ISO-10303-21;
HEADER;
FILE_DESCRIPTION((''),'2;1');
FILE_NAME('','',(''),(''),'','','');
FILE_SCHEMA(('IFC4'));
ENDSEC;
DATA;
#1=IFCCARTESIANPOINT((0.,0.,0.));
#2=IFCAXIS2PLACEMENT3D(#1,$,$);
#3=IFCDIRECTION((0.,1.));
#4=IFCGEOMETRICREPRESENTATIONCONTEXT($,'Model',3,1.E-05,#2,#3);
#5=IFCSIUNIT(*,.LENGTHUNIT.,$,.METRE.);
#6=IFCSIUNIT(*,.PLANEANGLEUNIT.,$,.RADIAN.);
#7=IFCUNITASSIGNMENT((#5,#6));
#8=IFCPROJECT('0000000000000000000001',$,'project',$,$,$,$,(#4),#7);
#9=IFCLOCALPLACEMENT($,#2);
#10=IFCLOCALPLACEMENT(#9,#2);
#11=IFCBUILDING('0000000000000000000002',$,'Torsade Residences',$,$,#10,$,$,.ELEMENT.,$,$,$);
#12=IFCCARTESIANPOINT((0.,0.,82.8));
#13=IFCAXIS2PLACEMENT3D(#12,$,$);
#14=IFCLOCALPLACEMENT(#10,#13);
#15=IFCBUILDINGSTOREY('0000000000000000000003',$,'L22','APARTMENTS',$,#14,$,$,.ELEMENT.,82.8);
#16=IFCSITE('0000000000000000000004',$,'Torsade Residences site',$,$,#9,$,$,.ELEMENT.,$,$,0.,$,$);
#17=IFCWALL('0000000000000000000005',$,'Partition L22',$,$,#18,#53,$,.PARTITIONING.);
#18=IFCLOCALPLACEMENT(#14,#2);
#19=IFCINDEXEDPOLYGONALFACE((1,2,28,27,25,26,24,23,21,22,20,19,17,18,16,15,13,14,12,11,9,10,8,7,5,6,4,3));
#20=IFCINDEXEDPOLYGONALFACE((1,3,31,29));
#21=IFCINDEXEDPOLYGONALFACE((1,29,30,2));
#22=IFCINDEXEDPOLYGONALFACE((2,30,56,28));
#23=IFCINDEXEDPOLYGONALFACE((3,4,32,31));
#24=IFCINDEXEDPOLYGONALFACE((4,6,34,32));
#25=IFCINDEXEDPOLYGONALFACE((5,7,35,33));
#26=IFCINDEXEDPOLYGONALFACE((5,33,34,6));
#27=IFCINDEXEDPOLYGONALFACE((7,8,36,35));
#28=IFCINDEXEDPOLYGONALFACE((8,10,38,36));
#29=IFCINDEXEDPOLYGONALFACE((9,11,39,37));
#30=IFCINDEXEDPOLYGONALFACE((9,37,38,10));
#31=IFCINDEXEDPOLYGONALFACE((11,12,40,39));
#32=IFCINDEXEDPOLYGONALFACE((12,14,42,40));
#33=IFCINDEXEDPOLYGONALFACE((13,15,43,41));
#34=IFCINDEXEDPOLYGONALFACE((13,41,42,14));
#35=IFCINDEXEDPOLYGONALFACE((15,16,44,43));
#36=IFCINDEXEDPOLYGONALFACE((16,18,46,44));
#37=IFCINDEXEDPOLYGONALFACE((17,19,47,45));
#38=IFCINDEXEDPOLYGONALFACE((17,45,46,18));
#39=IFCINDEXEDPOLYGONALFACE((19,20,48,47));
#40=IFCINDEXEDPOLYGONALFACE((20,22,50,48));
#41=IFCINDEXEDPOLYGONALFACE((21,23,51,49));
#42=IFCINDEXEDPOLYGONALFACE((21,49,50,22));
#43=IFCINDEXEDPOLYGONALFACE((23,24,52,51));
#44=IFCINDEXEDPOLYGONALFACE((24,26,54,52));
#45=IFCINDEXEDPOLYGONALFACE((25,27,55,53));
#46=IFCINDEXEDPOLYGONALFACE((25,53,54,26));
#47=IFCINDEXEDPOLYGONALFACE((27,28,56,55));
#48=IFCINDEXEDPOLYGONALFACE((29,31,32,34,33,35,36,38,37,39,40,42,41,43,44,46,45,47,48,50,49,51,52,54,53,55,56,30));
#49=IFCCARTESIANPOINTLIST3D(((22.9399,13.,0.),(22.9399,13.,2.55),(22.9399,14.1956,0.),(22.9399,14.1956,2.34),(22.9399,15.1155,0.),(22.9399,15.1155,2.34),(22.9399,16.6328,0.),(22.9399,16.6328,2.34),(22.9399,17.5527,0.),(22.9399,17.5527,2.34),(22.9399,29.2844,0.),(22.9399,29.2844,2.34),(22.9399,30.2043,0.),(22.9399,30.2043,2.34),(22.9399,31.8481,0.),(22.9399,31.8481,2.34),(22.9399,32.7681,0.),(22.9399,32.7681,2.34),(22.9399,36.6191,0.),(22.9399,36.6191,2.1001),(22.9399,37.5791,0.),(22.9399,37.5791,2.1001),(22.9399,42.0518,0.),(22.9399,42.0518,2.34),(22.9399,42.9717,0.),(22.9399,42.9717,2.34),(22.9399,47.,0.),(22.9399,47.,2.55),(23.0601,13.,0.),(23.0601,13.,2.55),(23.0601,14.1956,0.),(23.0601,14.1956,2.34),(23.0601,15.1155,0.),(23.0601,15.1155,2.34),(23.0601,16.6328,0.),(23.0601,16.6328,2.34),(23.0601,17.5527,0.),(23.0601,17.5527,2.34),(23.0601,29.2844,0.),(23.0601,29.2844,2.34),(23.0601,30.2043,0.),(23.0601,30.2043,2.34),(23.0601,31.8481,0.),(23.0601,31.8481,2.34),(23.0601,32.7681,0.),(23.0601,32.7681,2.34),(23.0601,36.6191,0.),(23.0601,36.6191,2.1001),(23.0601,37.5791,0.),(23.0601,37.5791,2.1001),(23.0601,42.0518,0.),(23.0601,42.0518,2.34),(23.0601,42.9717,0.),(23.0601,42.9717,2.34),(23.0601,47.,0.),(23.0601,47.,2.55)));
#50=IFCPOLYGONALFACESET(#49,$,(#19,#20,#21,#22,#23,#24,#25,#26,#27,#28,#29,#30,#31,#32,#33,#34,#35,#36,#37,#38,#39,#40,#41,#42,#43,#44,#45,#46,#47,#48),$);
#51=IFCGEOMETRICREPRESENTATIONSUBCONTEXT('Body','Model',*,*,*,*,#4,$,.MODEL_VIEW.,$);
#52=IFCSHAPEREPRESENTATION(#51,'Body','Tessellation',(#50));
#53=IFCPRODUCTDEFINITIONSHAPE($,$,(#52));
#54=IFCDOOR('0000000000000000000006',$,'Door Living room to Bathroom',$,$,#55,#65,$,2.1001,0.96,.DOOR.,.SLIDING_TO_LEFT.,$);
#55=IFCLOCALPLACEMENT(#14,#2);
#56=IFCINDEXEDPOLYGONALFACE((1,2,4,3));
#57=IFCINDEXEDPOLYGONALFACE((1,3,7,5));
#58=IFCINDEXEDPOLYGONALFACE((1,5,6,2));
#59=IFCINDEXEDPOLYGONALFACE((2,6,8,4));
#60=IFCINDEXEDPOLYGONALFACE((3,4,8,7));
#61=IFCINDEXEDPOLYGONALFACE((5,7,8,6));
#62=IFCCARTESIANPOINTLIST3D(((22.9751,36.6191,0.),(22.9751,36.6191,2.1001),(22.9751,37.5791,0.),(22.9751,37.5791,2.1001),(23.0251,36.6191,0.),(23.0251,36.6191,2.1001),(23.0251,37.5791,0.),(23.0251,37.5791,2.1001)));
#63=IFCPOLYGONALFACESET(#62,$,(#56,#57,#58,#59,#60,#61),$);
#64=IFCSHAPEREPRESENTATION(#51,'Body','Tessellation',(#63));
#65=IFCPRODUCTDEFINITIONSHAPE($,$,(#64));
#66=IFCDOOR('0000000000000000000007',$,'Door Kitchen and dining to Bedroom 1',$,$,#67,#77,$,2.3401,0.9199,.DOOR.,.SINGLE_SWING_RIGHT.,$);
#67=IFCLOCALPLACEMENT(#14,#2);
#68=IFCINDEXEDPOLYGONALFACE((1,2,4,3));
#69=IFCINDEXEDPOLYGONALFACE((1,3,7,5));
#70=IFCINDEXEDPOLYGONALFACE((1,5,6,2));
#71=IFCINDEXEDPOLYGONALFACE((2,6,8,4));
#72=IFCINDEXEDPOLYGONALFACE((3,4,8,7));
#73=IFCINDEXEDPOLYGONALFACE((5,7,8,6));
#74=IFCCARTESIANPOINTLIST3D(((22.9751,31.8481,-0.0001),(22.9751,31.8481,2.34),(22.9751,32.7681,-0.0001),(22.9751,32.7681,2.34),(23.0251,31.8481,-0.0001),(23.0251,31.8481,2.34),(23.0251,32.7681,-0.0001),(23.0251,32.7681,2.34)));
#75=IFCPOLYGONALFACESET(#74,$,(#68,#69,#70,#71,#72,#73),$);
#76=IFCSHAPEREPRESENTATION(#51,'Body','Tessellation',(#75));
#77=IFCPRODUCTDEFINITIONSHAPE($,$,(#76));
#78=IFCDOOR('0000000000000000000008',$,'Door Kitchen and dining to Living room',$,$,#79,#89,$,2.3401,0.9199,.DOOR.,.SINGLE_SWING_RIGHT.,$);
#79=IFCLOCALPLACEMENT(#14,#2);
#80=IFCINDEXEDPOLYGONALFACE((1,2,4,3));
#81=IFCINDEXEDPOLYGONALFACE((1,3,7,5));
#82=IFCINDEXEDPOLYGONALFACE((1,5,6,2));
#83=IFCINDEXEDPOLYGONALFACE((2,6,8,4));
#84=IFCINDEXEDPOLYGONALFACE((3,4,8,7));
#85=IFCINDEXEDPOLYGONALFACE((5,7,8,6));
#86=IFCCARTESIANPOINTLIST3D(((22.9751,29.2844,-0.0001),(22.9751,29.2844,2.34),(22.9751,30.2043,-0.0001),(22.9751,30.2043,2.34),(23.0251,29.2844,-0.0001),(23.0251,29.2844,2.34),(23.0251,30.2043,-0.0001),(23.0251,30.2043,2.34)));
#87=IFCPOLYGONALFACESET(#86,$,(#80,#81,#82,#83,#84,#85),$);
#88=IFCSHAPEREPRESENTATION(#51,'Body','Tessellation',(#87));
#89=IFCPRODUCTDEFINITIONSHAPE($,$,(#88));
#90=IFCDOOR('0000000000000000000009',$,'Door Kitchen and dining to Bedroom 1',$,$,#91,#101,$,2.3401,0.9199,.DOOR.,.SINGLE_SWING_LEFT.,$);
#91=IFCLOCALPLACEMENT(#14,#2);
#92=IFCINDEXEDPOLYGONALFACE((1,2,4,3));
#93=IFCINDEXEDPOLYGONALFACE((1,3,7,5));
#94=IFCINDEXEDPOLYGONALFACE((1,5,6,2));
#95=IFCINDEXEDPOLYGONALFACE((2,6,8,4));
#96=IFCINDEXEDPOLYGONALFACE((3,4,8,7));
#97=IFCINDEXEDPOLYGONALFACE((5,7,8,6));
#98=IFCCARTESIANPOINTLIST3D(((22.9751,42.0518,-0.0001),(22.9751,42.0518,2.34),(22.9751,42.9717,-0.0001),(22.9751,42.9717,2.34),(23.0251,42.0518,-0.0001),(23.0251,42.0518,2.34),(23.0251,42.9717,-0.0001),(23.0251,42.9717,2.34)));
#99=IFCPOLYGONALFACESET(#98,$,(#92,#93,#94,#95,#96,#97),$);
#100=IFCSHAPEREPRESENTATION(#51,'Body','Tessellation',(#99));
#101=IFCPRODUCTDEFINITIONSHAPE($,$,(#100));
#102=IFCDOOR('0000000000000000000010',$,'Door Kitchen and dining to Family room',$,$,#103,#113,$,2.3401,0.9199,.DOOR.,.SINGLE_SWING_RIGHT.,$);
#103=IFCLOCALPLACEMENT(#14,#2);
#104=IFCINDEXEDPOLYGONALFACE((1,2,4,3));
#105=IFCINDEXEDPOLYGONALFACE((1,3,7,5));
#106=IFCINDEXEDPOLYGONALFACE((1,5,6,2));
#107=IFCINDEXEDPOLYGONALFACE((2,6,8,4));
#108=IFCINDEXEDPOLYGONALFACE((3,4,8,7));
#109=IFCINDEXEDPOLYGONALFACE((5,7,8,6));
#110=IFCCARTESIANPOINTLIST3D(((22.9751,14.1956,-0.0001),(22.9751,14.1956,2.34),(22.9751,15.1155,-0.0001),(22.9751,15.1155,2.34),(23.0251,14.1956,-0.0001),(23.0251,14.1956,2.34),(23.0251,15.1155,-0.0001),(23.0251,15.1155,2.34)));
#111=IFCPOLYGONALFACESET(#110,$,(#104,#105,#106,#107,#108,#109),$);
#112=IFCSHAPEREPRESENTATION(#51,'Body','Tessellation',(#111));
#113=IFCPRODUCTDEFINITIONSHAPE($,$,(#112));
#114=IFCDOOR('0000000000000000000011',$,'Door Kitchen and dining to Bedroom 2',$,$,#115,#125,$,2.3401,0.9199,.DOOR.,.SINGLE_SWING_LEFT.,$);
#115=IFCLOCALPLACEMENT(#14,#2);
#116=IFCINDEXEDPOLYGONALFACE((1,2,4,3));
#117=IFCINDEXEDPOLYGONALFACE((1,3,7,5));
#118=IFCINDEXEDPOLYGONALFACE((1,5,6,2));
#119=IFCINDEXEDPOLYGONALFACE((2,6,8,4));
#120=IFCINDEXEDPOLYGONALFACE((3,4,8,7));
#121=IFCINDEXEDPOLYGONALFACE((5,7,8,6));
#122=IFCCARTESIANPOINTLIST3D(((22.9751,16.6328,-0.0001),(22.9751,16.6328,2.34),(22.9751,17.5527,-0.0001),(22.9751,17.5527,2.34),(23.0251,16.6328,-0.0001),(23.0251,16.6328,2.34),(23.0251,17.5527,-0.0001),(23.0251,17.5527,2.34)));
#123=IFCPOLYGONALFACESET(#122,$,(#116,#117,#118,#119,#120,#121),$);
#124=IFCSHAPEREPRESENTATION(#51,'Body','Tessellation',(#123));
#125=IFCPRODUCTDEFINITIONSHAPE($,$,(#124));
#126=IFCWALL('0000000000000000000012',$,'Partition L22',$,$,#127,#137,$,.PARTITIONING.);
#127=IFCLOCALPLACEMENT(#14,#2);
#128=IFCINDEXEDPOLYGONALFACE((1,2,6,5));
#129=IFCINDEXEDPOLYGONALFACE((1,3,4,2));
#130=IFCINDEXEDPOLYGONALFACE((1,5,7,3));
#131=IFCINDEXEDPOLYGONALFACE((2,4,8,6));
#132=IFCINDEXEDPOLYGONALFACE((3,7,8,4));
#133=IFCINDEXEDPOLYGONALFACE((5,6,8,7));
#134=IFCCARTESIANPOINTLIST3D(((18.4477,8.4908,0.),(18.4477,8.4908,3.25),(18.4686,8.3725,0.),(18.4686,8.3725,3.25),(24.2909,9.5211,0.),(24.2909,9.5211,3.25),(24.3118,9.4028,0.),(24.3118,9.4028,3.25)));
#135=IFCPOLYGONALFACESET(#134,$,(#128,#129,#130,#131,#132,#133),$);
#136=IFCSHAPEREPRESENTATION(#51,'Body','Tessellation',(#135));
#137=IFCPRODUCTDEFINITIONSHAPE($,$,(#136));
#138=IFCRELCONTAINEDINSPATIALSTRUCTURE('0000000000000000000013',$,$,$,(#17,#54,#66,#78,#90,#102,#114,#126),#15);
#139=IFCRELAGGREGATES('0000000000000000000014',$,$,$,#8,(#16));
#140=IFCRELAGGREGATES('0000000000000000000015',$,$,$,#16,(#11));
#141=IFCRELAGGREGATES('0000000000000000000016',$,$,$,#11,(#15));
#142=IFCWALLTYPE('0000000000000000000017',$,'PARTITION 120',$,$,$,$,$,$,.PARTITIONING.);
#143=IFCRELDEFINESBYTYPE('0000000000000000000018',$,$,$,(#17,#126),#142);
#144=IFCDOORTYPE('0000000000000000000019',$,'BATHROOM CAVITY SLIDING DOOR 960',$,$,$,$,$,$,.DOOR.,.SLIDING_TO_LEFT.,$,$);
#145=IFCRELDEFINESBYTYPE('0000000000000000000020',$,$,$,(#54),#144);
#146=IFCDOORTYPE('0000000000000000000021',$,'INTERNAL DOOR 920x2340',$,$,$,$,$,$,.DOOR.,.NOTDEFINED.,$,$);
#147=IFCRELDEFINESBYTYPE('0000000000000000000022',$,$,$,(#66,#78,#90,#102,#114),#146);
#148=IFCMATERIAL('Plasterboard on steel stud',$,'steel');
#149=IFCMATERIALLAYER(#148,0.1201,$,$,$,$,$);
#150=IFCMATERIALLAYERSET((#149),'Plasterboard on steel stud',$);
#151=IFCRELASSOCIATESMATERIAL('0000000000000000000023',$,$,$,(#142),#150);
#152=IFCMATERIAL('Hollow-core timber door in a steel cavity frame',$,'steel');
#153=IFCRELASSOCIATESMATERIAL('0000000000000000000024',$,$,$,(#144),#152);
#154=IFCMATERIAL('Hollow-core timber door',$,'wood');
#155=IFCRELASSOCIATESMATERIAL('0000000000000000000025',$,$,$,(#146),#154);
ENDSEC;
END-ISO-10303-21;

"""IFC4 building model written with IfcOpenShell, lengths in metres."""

from ifc_helpers import new_model, si_unit, direction, frame, frame_2d, origin, place, context, subcontext, project, spatial, rectangle, extrude, material, layer, layer_set, type_object, element, fill, save


model = new_model("IFC4")

# Units and contexts
model_context = context("Model", 3, precision=1e-05, world=origin(), true_north=direction((0.0, 1.0)))
body_context = subcontext(model_context, "Body", "Model", "MODEL_VIEW")
ifc_project = project(units=[si_unit("LENGTHUNIT", "METRE"), si_unit("PLANEANGLEUNIT", "RADIAN")], contexts=[model_context])

# Site, building, storey
site_placement = place(None, origin())
site = spatial("IfcSite", under=ifc_project, at=site_placement, Name="Torsade Residences site", CompositionType="ELEMENT", RefElevation=0.0)
building_placement = place(site_placement, origin())
building = spatial("IfcBuilding", under=site, at=building_placement, Name="Torsade Residences", CompositionType="ELEMENT")
storey_placement = place(building_placement, frame((0.0, 0.0, 82.8)))
storey = spatial("IfcBuildingStorey", under=building, at=storey_placement, Name="L22", Description="APARTMENTS", CompositionType="ELEMENT", Elevation=82.8)

# Wall, openings, doors
ifc_material_1 = material(Name="Plasterboard on steel stud", Category="steel")
ifc_layer_1 = layer(ifc_material_1, 0.1201)
ifc_layer_set_1 = layer_set([ifc_layer_1], Name="Plasterboard on steel stud")
wall_type_1 = type_object("IfcWallType", Name="PARTITION 120", PredefinedType="PARTITIONING", material=ifc_layer_set_1)
wall_1_placement = place(storey_placement, frame((23.0, 13.0, 0.0), z_axis=(0.0, 0.0, 1.0), x_axis=(0.0, 1.0, 0.0)))
wall_1 = element("IfcWall", 1, at=wall_1_placement, inside=storey, type_object=wall_type_1, Name="Partition L22", PredefinedType="PARTITIONING", context=body_context, shape_type="SweptSolid", body=[
    extrude(rectangle(XDim=34.0, YDim=0.1201, at=frame_2d((17.0, 0.0))), origin(), (0.0, 0.0, 1.0), 2.55),
])
opening_1_placement = place(wall_1_placement, frame((18.8481, 0.0, 0.0)))
opening_1 = element("IfcOpeningElement", 2, at=opening_1_placement, cuts=wall_1, PredefinedType="OPENING", context=body_context, shape_type="SweptSolid", body=[
    extrude(rectangle(XDim=0.9199, YDim=2.3401, at=frame_2d((0.46, 1.1699))), frame((0.0, 0.0701, 0.0), z_axis=(0.0, -1.0, 0.0), x_axis=(1.0, 0.0, 0.0)), (0.0, 0.0, 1.0), 0.1401),
])
opening_2_placement = place(wall_1_placement, frame((16.2844, 0.0, 0.0)))
opening_2 = element("IfcOpeningElement", 3, at=opening_2_placement, cuts=wall_1, PredefinedType="OPENING", context=body_context, shape_type="SweptSolid", body=[
    extrude(rectangle(XDim=0.9199, YDim=2.3401, at=frame_2d((0.46, 1.1699))), frame((0.0, 0.0701, 0.0), z_axis=(0.0, -1.0, 0.0), x_axis=(1.0, 0.0, 0.0)), (0.0, 0.0, 1.0), 0.1401),
])
opening_3_placement = place(wall_1_placement, frame((29.0518, 0.0, 0.0)))
opening_3 = element("IfcOpeningElement", 4, at=opening_3_placement, cuts=wall_1, PredefinedType="OPENING", context=body_context, shape_type="SweptSolid", body=[
    extrude(rectangle(XDim=0.9199, YDim=2.3401, at=frame_2d((0.46, 1.1699))), frame((0.0, 0.0701, 0.0), z_axis=(0.0, -1.0, 0.0), x_axis=(1.0, 0.0, 0.0)), (0.0, 0.0, 1.0), 0.1401),
])
opening_4_placement = place(wall_1_placement, frame((1.1956, 0.0, 0.0)))
opening_4 = element("IfcOpeningElement", 5, at=opening_4_placement, cuts=wall_1, PredefinedType="OPENING", context=body_context, shape_type="SweptSolid", body=[
    extrude(rectangle(XDim=0.9199, YDim=2.3401, at=frame_2d((0.46, 1.1699))), frame((0.0, 0.0701, 0.0), z_axis=(0.0, -1.0, 0.0), x_axis=(1.0, 0.0, 0.0)), (0.0, 0.0, 1.0), 0.1401),
])
opening_5_placement = place(wall_1_placement, frame((3.6328, 0.0, 0.0)))
opening_5 = element("IfcOpeningElement", 6, at=opening_5_placement, cuts=wall_1, PredefinedType="OPENING", context=body_context, shape_type="SweptSolid", body=[
    extrude(rectangle(XDim=0.9199, YDim=2.3401, at=frame_2d((0.46, 1.1699))), frame((0.0, 0.0701, 0.0), z_axis=(0.0, -1.0, 0.0), x_axis=(1.0, 0.0, 0.0)), (0.0, 0.0, 1.0), 0.1401),
])
opening_6_placement = place(wall_1_placement, frame((23.6191, 0.0, 0.0)))
opening_6 = element("IfcOpeningElement", 7, at=opening_6_placement, cuts=wall_1, PredefinedType="OPENING", context=body_context, shape_type="SweptSolid", body=[
    extrude(rectangle(XDim=0.96, YDim=2.1001, at=frame_2d((0.48, 1.05))), frame((0.0, 0.0701, 0.0), z_axis=(0.0, -1.0, 0.0), x_axis=(1.0, 0.0, 0.0)), (0.0, 0.0, 1.0), 0.1401),
])
ifc_material_2 = material(Name="Hollow-core timber door in a steel cavity frame", Category="steel")
door_type_1 = type_object("IfcDoorType", Name="BATHROOM CAVITY SLIDING DOOR 960", OperationType="SLIDING_TO_LEFT", PredefinedType="DOOR", material=ifc_material_2)
door_1_placement = place(opening_6_placement, origin())
door_1 = element("IfcDoor", 8, at=door_1_placement, inside=storey, type_object=door_type_1, Name="Door Living room to Bathroom", OperationType="SLIDING_TO_LEFT", OverallHeight=2.1001, OverallWidth=0.96, PredefinedType="DOOR", context=body_context, shape_type="SweptSolid", body=[
    extrude(rectangle(XDim=0.96, YDim=2.1001, at=frame_2d((0.48, 1.05))), frame((0.0, 0.0249, 0.0), z_axis=(0.0, -1.0, 0.0), x_axis=(1.0, 0.0, 0.0)), (0.0, 0.0, 1.0), 0.05),
])
fill(opening_6, door_1)
ifc_material_3 = material(Name="Hollow-core timber door", Category="wood")
door_type_2 = type_object("IfcDoorType", Name="INTERNAL DOOR 920x2340", OperationType="NOTDEFINED", PredefinedType="DOOR", material=ifc_material_3)
door_2_placement = place(opening_1_placement, origin())
door_2 = element("IfcDoor", 9, at=door_2_placement, inside=storey, type_object=door_type_2, Name="Door Kitchen and dining to Bedroom 1", OperationType="SINGLE_SWING_RIGHT", OverallHeight=2.3401, OverallWidth=0.9199, PredefinedType="DOOR", context=body_context, shape_type="SweptSolid", body=[
    extrude(rectangle(XDim=0.9199, YDim=2.3401, at=frame_2d((0.46, 1.1699))), frame((0.0, 0.0249, 0.0), z_axis=(0.0, -1.0, 0.0), x_axis=(1.0, 0.0, 0.0)), (0.0, 0.0, 1.0), 0.05),
])
fill(opening_1, door_2)
door_3_placement = place(opening_2_placement, origin())
door_3 = element("IfcDoor", 10, at=door_3_placement, inside=storey, type_object=door_type_2, Name="Door Kitchen and dining to Living room", OperationType="SINGLE_SWING_RIGHT", OverallHeight=2.3401, OverallWidth=0.9199, PredefinedType="DOOR", context=body_context, shape_type="SweptSolid", body=[
    extrude(rectangle(XDim=0.9199, YDim=2.3401, at=frame_2d((0.46, 1.1699))), frame((0.0, 0.0249, 0.0), z_axis=(0.0, -1.0, 0.0), x_axis=(1.0, 0.0, 0.0)), (0.0, 0.0, 1.0), 0.05),
])
fill(opening_2, door_3)
door_4_placement = place(opening_3_placement, origin())
door_4 = element("IfcDoor", 11, at=door_4_placement, inside=storey, type_object=door_type_2, Name="Door Kitchen and dining to Bedroom 1", OperationType="SINGLE_SWING_LEFT", OverallHeight=2.3401, OverallWidth=0.9199, PredefinedType="DOOR", context=body_context, shape_type="SweptSolid", body=[
    extrude(rectangle(XDim=0.9199, YDim=2.3401, at=frame_2d((0.46, 1.1699))), frame((0.0, 0.0249, 0.0), z_axis=(0.0, -1.0, 0.0), x_axis=(1.0, 0.0, 0.0)), (0.0, 0.0, 1.0), 0.05),
])
fill(opening_3, door_4)
door_5_placement = place(opening_4_placement, origin())
door_5 = element("IfcDoor", 12, at=door_5_placement, inside=storey, type_object=door_type_2, Name="Door Kitchen and dining to Family room", OperationType="SINGLE_SWING_RIGHT", OverallHeight=2.3401, OverallWidth=0.9199, PredefinedType="DOOR", context=body_context, shape_type="SweptSolid", body=[
    extrude(rectangle(XDim=0.9199, YDim=2.3401, at=frame_2d((0.46, 1.1699))), frame((0.0, 0.0249, 0.0), z_axis=(0.0, -1.0, 0.0), x_axis=(1.0, 0.0, 0.0)), (0.0, 0.0, 1.0), 0.05),
])
fill(opening_4, door_5)
door_6_placement = place(opening_5_placement, origin())
door_6 = element("IfcDoor", 13, at=door_6_placement, inside=storey, type_object=door_type_2, Name="Door Kitchen and dining to Bedroom 2", OperationType="SINGLE_SWING_LEFT", OverallHeight=2.3401, OverallWidth=0.9199, PredefinedType="DOOR", context=body_context, shape_type="SweptSolid", body=[
    extrude(rectangle(XDim=0.9199, YDim=2.3401, at=frame_2d((0.46, 1.1699))), frame((0.0, 0.0249, 0.0), z_axis=(0.0, -1.0, 0.0), x_axis=(1.0, 0.0, 0.0)), (0.0, 0.0, 1.0), 0.05),
])
fill(opening_5, door_6)

# Wall
wall_2_placement = place(storey_placement, frame((18.458, 8.4316, 0.0), z_axis=(0.0, 0.0, 1.0), x_axis=(0.984809, 0.17364, 0.0)))
element("IfcWall", 14, at=wall_2_placement, inside=storey, type_object=wall_type_1, Name="Partition L22", PredefinedType="PARTITIONING", context=body_context, shape_type="SweptSolid", body=[
    extrude(rectangle(XDim=5.9333, YDim=0.1201, at=frame_2d((2.9668, 0.0))), origin(), (0.0, 0.0, 1.0), 3.25),
])

save(model, "model.ifc")
